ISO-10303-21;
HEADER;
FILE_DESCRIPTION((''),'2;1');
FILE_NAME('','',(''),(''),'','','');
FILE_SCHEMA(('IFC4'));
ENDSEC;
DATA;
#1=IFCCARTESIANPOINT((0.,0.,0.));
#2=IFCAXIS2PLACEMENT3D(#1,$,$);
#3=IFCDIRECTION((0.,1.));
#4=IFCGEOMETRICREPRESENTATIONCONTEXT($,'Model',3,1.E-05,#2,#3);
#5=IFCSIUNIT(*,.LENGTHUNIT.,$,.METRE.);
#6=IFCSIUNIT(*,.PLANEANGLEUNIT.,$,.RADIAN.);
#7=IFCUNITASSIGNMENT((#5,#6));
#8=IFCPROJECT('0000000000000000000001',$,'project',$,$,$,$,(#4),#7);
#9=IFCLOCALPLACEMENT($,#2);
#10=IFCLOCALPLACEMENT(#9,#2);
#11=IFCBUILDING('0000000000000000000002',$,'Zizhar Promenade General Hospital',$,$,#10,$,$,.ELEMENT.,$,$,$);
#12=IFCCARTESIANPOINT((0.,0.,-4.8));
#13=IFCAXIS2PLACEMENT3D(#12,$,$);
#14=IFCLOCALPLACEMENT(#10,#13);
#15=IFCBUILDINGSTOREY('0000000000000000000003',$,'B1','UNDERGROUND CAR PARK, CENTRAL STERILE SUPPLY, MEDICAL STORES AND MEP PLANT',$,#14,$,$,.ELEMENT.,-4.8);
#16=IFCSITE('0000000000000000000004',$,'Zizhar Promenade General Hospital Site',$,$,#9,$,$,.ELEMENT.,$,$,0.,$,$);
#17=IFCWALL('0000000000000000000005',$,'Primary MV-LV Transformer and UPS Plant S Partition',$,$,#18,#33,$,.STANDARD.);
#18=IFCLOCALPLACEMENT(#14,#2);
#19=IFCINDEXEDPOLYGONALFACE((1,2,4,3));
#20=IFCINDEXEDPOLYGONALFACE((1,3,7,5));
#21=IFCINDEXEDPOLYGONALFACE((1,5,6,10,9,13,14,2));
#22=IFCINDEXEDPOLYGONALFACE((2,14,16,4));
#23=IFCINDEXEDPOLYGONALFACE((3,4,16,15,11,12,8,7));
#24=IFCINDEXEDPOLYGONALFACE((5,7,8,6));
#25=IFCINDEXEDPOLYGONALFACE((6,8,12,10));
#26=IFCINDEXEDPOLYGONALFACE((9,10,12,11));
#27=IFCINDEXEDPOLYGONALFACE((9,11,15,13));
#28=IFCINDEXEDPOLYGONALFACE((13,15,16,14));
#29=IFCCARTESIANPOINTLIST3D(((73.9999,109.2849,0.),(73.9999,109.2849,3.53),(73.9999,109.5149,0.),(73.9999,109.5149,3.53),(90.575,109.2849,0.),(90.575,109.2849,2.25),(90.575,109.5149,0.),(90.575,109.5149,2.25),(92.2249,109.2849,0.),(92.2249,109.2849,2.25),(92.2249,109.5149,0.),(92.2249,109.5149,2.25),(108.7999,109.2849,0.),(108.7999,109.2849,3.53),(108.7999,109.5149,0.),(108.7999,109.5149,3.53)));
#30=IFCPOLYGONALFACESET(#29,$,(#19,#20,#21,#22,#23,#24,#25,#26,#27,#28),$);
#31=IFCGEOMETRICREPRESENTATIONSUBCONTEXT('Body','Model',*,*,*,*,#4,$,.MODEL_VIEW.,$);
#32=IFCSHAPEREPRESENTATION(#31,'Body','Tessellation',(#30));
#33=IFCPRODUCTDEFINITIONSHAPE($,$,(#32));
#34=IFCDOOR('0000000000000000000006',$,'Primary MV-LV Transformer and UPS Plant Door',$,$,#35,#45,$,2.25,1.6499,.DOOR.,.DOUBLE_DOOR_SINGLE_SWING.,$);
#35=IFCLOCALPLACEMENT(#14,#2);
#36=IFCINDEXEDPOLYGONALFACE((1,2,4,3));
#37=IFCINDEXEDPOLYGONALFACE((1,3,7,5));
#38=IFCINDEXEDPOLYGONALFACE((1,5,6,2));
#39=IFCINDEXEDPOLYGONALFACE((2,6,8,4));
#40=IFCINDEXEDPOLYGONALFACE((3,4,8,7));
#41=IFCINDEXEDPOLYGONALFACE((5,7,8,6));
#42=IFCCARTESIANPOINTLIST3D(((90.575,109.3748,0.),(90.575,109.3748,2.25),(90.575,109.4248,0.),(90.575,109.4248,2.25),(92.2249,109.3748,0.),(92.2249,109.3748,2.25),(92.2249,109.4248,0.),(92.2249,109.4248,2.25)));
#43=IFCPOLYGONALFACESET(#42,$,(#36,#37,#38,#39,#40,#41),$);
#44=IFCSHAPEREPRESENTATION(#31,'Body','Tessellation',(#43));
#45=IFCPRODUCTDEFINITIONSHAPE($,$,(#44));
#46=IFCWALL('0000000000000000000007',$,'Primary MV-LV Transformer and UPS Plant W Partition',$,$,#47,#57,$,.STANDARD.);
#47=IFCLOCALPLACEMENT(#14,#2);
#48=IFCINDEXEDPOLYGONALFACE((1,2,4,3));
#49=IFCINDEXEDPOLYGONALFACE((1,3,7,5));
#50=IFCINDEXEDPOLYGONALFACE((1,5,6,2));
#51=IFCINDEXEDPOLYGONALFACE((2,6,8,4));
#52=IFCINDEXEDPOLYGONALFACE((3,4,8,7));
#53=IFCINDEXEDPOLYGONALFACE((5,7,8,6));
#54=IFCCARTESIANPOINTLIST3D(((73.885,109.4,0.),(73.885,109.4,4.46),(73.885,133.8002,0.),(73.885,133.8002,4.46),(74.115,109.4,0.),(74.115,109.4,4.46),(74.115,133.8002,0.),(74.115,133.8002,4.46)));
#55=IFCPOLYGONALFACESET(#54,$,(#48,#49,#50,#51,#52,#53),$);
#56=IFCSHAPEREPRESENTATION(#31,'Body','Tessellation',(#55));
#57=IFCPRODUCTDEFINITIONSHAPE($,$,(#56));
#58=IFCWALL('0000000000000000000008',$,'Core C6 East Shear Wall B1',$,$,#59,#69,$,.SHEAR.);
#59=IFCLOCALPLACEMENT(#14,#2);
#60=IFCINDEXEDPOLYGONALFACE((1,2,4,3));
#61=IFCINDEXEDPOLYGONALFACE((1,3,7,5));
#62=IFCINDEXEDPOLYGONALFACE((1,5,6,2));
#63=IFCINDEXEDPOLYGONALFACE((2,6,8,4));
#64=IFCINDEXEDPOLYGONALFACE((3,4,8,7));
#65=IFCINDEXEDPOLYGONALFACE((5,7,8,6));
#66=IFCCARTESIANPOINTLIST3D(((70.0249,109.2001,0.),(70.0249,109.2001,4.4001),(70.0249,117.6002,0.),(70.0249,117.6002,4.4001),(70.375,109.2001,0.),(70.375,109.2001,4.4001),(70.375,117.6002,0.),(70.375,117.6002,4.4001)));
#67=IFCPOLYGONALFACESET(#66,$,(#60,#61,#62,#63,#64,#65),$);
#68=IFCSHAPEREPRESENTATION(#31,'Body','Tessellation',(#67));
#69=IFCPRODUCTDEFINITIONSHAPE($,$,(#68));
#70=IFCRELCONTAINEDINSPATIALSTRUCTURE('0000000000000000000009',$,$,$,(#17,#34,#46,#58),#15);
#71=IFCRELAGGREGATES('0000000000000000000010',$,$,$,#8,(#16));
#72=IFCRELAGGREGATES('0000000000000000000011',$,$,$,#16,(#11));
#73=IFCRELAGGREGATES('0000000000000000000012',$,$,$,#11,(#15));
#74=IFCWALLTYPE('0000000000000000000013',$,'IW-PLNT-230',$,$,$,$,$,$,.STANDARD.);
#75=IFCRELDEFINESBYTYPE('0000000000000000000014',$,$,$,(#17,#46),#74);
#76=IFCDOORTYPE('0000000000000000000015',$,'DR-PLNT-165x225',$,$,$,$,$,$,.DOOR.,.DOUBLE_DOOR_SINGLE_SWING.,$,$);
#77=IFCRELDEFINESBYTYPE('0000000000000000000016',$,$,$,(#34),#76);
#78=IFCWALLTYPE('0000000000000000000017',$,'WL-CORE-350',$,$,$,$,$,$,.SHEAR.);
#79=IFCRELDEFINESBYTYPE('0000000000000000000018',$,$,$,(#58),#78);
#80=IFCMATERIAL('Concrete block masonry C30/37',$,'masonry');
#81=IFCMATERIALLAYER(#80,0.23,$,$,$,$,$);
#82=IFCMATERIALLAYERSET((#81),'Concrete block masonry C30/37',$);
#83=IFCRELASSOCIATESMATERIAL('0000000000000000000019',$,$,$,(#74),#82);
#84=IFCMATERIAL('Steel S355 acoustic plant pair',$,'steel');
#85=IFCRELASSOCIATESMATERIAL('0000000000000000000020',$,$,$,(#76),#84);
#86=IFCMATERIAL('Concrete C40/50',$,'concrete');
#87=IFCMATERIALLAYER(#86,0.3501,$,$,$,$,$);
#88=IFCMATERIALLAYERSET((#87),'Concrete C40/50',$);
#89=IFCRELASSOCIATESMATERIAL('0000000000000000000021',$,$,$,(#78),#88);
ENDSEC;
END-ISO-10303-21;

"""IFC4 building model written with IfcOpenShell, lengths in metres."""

from ifc_helpers import new_model, si_unit, direction, frame, frame_2d, origin, place, context, subcontext, project, spatial, rectangle, extrude, material, layer, layer_set, type_object, element, fill, save


model = new_model("IFC4")

# Units and contexts
model_context = context("Model", 3, precision=1e-05, world=origin(), true_north=direction((0.0, 1.0)))
body_context = subcontext(model_context, "Body", "Model", "MODEL_VIEW")
ifc_project = project(units=[si_unit("LENGTHUNIT", "METRE"), si_unit("PLANEANGLEUNIT", "RADIAN")], contexts=[model_context])

# Site, building, storey
site_placement = place(None, origin())
site = spatial("IfcSite", under=ifc_project, at=site_placement, Name="Zizhar Promenade General Hospital Site", CompositionType="ELEMENT", RefElevation=0.0)
building_placement = place(site_placement, origin())
building = spatial("IfcBuilding", under=site, at=building_placement, Name="Zizhar Promenade General Hospital", CompositionType="ELEMENT")
storey_placement = place(building_placement, frame((0.0, 0.0, -4.8)))
storey = spatial("IfcBuildingStorey", under=building, at=storey_placement, Name="B1", Description="UNDERGROUND CAR PARK, CENTRAL STERILE SUPPLY, MEDICAL STORES AND MEP PLANT", CompositionType="ELEMENT", Elevation=-4.8)

# Wall, opening, door
ifc_material_1 = material(Name="Concrete block masonry C30/37", Category="masonry")
ifc_layer_1 = layer(ifc_material_1, 0.23)
ifc_layer_set_1 = layer_set([ifc_layer_1], Name="Concrete block masonry C30/37")
wall_type_1 = type_object("IfcWallType", Name="IW-PLNT-230", PredefinedType="STANDARD", material=ifc_layer_set_1)
wall_1_placement = place(storey_placement, frame((74.0, 109.3999, 0.0), z_axis=(0.0, 0.0, 1.0), x_axis=(1.0, 0.0, 0.0)))
wall_1 = element("IfcWall", 1, at=wall_1_placement, inside=storey, type_object=wall_type_1, Name="Primary MV-LV Transformer and UPS Plant S Partition", PredefinedType="STANDARD", context=body_context, shape_type="SweptSolid", body=[
    extrude(rectangle(XDim=34.8, YDim=0.23, at=frame_2d((17.3999, 0.0))), origin(), (0.0, 0.0, 1.0), 3.53),
])
opening_placement = place(wall_1_placement, frame((16.575, 0.0, 0.0)))
opening = element("IfcOpeningElement", 2, at=opening_placement, cuts=wall_1, PredefinedType="OPENING", context=body_context, shape_type="SweptSolid", body=[
    extrude(rectangle(XDim=1.6499, YDim=2.25, at=frame_2d((0.825, 1.125))), frame((0.0, 0.125, 0.0), z_axis=(0.0, -1.0, 0.0), x_axis=(1.0, 0.0, 0.0)), (0.0, 0.0, 1.0), 0.25),
])
ifc_material_2 = material(Name="Steel S355 acoustic plant pair", Category="steel")
door_type = type_object("IfcDoorType", Name="DR-PLNT-165x225", OperationType="DOUBLE_DOOR_SINGLE_SWING", PredefinedType="DOOR", material=ifc_material_2)
door_placement = place(opening_placement, origin())
door = element("IfcDoor", 3, at=door_placement, inside=storey, type_object=door_type, Name="Primary MV-LV Transformer and UPS Plant Door", OperationType="DOUBLE_DOOR_SINGLE_SWING", OverallHeight=2.25, OverallWidth=1.6499, PredefinedType="DOOR", context=body_context, shape_type="SweptSolid", body=[
    extrude(rectangle(XDim=1.6499, YDim=2.25, at=frame_2d((0.825, 1.125))), frame((0.0, 0.0249, 0.0), z_axis=(0.0, -1.0, 0.0), x_axis=(1.0, 0.0, 0.0)), (0.0, 0.0, 1.0), 0.05),
])
fill(opening, door)

# Walls
wall_2_placement = place(storey_placement, frame((74.0, 109.3999, 0.0), z_axis=(0.0, 0.0, 1.0), x_axis=(0.0, 1.0, 0.0)))
element("IfcWall", 4, at=wall_2_placement, inside=storey, type_object=wall_type_1, Name="Primary MV-LV Transformer and UPS Plant W Partition", PredefinedType="STANDARD", context=body_context, shape_type="SweptSolid", body=[
    extrude(rectangle(XDim=24.4001, YDim=0.23, at=frame_2d((12.2002, 0.0))), origin(), (0.0, 0.0, 1.0), 4.46),
])
ifc_material_3 = material(Name="Concrete C40/50", Category="concrete")
ifc_layer_2 = layer(ifc_material_3, 0.3501)
ifc_layer_set_2 = layer_set([ifc_layer_2], Name="Concrete C40/50")
wall_type_2 = type_object("IfcWallType", Name="WL-CORE-350", PredefinedType="SHEAR", material=ifc_layer_set_2)
wall_3_placement = place(storey_placement, frame((70.2, 109.2, 0.0), z_axis=(0.0, 0.0, 1.0), x_axis=(0.0, 1.0, 0.0)))
element("IfcWall", 5, at=wall_3_placement, inside=storey, type_object=wall_type_2, Name="Core C6 East Shear Wall B1", PredefinedType="SHEAR", context=body_context, shape_type="SweptSolid", body=[
    extrude(rectangle(XDim=8.4001, YDim=0.3501, at=frame_2d((4.2002, 0.0))), origin(), (0.0, 0.0, 1.0), 4.4001),
])

save(model, "model.ifc")
